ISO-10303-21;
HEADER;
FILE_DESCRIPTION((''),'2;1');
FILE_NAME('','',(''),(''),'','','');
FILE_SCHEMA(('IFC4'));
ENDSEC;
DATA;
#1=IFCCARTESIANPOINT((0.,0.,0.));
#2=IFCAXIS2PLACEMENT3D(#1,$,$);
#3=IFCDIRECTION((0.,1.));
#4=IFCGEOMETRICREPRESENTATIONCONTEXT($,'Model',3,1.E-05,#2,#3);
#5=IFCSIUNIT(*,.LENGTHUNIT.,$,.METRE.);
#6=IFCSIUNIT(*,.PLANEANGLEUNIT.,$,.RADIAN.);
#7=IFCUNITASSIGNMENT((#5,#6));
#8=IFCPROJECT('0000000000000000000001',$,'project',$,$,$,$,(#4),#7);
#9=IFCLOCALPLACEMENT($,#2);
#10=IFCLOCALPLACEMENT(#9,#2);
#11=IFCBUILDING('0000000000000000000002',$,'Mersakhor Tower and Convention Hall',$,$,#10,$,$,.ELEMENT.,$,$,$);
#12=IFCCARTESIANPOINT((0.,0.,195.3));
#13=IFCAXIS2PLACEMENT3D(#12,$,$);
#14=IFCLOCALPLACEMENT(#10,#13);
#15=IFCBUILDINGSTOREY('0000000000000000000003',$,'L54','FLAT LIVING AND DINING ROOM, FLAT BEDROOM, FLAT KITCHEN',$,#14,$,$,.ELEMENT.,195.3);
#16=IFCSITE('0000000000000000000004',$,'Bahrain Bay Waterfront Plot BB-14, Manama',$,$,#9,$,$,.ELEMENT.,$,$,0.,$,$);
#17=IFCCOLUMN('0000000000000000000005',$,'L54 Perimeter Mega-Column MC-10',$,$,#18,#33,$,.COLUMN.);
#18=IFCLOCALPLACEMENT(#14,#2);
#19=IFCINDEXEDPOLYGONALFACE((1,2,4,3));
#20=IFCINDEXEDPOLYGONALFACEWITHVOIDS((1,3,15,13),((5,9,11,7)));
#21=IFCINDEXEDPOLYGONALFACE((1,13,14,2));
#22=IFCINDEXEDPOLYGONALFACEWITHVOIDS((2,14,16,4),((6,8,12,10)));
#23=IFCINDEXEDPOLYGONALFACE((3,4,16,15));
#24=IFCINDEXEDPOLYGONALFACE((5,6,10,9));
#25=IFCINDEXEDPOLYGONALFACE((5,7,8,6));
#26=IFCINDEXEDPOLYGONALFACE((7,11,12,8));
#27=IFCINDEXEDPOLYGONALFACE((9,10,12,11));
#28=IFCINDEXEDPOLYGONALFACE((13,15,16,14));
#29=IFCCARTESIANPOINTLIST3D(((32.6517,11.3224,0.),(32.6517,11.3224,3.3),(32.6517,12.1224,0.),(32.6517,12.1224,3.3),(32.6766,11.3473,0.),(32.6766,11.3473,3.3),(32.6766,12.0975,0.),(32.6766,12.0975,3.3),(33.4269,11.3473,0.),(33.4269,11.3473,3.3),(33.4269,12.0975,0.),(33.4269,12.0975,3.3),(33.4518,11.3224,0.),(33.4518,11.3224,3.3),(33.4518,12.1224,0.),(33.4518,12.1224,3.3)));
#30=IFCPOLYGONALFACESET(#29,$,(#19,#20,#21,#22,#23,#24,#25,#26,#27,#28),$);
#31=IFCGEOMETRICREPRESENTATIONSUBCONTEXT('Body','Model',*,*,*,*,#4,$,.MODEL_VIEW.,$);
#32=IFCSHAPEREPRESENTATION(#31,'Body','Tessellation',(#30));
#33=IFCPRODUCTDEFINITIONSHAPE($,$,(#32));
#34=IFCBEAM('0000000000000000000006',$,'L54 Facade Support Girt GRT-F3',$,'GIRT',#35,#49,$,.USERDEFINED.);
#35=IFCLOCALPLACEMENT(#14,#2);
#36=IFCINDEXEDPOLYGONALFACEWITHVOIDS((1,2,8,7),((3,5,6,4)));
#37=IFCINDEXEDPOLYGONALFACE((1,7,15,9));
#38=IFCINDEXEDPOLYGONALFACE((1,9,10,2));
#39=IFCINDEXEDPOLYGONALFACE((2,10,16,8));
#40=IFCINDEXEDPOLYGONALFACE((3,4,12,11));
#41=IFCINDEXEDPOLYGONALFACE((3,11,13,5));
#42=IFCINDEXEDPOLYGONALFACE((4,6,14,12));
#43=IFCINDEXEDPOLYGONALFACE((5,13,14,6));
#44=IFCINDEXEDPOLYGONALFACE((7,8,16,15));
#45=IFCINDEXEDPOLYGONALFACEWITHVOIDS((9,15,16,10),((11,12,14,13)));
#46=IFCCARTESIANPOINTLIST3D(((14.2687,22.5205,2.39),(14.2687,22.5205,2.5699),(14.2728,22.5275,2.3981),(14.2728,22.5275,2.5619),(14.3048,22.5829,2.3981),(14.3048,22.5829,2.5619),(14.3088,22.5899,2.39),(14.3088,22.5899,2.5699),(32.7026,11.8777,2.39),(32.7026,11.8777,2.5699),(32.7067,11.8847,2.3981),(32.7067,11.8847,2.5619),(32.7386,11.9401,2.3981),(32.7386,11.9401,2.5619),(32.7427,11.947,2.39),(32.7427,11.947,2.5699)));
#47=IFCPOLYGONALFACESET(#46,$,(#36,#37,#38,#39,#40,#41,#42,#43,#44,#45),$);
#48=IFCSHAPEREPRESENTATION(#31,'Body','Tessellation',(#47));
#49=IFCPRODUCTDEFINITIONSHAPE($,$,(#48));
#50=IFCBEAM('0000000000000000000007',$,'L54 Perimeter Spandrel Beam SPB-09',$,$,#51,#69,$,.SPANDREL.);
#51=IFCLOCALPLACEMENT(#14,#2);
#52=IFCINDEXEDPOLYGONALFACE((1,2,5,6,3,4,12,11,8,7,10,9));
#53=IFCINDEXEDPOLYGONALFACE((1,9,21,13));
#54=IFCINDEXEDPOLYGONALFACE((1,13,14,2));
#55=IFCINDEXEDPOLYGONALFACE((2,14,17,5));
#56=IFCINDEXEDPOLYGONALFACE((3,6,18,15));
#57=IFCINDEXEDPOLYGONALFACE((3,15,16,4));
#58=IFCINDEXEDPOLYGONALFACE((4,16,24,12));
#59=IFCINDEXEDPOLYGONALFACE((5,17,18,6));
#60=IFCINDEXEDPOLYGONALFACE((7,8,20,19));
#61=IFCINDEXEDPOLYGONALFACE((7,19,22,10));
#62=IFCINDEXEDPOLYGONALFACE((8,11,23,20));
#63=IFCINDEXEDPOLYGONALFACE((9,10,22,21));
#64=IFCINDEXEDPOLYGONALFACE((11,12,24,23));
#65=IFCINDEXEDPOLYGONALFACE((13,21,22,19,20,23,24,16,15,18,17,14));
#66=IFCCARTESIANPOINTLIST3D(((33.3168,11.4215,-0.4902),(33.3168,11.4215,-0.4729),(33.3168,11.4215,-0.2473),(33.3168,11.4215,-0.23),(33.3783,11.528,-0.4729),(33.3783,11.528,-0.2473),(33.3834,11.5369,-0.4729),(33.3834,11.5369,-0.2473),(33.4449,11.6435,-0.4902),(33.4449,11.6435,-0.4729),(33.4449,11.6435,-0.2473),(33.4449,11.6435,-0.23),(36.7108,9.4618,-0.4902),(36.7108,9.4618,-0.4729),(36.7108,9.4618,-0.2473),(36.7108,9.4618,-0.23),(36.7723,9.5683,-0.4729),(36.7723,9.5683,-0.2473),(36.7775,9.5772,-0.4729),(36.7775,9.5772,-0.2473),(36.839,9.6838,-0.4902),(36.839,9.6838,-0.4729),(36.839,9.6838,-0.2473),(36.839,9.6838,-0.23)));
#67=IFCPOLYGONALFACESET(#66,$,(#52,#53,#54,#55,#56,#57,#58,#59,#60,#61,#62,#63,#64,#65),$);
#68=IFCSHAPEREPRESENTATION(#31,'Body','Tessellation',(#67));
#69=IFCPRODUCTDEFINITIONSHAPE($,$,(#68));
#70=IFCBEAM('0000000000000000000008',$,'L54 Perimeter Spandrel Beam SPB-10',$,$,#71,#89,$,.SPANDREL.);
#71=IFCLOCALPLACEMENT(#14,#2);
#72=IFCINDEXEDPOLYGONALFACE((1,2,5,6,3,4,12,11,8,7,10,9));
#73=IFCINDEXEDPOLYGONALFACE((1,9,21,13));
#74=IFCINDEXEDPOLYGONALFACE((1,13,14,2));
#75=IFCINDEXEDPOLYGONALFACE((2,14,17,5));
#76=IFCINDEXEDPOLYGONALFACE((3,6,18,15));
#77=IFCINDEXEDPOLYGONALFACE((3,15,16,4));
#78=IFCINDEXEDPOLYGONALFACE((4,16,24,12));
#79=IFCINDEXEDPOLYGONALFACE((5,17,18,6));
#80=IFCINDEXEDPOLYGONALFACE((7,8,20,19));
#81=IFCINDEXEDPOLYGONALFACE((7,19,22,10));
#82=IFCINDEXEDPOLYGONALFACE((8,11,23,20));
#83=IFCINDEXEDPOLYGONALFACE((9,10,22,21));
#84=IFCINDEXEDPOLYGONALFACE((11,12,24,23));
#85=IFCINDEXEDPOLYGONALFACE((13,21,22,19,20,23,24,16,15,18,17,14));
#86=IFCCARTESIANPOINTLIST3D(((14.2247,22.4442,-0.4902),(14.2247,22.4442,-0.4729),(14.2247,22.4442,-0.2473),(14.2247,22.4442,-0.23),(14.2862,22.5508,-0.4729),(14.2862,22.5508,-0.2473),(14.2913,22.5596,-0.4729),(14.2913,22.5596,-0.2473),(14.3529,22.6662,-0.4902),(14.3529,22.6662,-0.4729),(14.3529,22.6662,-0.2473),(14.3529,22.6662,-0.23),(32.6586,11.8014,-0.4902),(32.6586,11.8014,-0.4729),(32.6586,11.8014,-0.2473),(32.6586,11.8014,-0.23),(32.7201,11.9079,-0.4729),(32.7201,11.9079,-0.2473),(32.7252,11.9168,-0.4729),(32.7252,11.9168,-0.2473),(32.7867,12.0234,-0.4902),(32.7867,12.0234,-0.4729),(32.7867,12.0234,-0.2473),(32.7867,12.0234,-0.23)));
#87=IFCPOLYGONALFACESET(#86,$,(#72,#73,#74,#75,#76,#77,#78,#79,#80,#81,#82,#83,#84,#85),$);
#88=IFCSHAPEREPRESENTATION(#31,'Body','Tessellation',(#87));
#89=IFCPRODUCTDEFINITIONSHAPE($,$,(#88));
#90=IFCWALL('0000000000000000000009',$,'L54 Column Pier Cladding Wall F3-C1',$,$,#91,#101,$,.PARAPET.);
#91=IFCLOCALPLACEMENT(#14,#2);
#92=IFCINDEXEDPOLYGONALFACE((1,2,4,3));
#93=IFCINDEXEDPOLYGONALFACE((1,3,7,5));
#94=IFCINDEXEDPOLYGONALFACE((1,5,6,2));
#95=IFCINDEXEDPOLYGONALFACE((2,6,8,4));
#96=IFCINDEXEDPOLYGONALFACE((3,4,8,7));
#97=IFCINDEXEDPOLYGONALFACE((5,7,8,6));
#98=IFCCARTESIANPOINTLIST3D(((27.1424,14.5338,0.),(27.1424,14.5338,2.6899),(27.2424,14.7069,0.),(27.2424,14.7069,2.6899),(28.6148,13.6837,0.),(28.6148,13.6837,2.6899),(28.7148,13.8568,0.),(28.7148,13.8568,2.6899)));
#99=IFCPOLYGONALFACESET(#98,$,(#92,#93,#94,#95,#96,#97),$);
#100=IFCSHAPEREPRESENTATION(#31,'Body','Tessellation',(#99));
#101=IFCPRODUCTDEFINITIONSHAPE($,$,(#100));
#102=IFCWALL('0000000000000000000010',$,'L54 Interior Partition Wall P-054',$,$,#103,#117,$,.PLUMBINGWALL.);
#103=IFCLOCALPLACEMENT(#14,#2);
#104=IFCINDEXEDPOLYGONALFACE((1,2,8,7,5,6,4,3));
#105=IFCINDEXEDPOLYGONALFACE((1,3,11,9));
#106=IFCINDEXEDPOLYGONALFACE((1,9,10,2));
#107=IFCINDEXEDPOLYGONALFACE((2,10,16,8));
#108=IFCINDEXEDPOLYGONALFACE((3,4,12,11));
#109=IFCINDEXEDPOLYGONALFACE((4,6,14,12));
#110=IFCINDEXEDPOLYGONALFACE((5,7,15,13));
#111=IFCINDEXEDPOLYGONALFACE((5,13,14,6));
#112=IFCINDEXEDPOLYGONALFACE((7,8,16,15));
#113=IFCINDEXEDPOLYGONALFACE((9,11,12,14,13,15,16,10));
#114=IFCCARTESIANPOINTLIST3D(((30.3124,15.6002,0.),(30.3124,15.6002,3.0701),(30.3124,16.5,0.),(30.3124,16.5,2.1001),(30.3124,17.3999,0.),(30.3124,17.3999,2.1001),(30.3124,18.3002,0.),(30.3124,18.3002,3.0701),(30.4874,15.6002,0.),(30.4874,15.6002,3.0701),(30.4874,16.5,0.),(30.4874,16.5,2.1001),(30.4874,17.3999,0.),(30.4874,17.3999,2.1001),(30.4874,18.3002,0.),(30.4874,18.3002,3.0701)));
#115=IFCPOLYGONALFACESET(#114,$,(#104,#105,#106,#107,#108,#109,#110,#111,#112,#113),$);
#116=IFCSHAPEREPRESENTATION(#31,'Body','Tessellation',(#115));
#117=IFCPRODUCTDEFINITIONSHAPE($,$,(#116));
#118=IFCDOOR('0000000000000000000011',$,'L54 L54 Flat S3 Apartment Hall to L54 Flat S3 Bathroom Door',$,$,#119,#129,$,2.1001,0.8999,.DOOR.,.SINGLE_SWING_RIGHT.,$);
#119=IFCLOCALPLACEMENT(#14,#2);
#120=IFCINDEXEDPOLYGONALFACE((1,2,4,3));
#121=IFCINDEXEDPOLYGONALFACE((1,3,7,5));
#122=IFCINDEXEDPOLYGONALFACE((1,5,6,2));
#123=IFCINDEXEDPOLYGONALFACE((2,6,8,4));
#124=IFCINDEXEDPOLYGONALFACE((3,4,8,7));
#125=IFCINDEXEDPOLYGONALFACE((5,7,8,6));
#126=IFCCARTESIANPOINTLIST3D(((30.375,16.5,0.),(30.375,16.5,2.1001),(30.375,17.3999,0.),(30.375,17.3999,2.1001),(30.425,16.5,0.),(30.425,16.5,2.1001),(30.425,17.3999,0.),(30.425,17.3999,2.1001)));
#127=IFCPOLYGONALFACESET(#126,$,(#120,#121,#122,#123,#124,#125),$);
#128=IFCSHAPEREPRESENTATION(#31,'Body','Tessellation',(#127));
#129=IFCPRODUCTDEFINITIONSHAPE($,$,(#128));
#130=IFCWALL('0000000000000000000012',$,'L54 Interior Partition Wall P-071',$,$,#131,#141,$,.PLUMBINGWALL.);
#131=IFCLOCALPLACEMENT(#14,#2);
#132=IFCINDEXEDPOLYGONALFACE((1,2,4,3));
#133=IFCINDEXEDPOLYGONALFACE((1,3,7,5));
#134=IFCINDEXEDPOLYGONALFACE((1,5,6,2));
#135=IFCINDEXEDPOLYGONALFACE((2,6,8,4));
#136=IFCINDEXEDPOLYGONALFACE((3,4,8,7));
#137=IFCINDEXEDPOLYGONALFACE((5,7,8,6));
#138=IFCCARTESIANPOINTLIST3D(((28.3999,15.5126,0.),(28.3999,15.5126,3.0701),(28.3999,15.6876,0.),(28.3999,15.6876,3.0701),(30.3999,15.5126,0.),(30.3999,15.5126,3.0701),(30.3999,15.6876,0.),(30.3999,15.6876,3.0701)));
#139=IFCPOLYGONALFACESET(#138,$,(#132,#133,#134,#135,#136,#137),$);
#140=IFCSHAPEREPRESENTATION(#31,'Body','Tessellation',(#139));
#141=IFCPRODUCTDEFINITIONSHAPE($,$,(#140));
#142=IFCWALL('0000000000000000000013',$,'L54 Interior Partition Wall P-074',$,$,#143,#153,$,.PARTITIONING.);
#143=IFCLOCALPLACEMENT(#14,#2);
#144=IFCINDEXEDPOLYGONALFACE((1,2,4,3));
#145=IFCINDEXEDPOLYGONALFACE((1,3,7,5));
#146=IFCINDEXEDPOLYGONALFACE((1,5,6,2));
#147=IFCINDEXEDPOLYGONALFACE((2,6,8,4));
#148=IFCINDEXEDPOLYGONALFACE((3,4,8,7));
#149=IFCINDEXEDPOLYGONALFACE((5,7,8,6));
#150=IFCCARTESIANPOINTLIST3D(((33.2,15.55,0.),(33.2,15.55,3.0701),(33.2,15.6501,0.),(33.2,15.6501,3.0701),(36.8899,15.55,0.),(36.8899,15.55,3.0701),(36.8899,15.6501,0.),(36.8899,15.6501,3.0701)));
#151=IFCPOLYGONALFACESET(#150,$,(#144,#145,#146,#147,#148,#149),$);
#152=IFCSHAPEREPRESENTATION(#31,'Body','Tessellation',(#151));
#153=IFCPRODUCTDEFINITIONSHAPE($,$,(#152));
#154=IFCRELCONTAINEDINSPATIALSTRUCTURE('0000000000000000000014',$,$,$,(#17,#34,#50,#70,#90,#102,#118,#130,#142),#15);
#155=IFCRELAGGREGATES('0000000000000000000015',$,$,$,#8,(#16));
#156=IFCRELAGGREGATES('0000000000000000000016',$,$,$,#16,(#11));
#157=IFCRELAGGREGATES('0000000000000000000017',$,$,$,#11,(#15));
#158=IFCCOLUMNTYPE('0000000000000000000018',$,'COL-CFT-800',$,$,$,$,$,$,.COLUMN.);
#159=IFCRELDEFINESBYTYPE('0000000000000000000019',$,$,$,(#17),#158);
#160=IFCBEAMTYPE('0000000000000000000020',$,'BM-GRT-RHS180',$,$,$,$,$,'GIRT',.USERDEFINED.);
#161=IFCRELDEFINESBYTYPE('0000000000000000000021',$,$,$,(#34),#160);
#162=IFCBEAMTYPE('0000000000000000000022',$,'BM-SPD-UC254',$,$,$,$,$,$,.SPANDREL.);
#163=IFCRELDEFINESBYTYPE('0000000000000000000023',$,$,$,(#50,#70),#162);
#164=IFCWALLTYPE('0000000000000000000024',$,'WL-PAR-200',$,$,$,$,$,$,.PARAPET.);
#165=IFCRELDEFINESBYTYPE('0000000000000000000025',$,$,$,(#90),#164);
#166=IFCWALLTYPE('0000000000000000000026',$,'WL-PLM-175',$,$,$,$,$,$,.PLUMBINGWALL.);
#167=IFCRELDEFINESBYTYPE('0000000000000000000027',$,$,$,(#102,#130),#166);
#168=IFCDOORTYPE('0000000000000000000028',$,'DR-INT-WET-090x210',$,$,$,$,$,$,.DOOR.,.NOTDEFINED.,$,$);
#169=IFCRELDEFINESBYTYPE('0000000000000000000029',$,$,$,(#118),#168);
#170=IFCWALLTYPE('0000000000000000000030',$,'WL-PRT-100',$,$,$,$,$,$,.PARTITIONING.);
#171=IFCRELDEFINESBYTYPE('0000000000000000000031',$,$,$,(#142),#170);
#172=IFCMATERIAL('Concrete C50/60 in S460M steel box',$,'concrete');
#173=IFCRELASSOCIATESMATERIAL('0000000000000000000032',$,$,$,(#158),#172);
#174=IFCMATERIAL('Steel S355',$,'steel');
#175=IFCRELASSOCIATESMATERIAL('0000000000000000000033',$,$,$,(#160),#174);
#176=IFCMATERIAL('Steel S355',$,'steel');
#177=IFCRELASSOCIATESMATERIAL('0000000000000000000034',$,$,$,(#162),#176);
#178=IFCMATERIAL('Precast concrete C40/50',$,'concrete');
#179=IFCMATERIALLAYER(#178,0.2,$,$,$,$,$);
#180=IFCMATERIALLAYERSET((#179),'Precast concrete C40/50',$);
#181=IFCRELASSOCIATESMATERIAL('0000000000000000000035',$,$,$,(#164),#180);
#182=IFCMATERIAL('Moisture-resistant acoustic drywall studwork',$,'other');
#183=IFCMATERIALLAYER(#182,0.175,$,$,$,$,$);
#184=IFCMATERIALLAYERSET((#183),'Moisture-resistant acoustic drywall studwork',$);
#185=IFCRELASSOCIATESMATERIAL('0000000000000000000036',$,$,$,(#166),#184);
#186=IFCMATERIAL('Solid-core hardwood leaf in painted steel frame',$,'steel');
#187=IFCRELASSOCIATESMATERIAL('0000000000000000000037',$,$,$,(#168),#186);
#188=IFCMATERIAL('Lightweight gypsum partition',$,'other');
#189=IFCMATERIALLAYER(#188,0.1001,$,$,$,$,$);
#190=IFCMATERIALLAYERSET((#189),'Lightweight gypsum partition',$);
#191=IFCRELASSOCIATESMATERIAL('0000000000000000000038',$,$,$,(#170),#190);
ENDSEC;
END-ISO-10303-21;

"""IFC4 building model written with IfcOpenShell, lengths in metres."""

from ifc_helpers import new_model, si_unit, direction, frame, frame_2d, origin, origin_2d, place, context, subcontext, project, spatial, rectangle, hollow_rectangle, i_section, extrude, material, layer, layer_set, material_profile, profile_set, type_object, element, fill, save


model = new_model("IFC4")

# Units and contexts
model_context = context("Model", 3, precision=1e-05, world=origin(), true_north=direction((0.0, 1.0)))
body_context = subcontext(model_context, "Body", "Model", "MODEL_VIEW")
ifc_project = project(units=[si_unit("LENGTHUNIT", "METRE"), si_unit("PLANEANGLEUNIT", "RADIAN")], contexts=[model_context])

# Site, building, storey
site_placement = place(None, origin())
site = spatial("IfcSite", under=ifc_project, at=site_placement, Name="Bahrain Bay Waterfront Plot BB-14, Manama", CompositionType="ELEMENT", RefElevation=0.0)
building_placement = place(site_placement, origin())
building = spatial("IfcBuilding", under=site, at=building_placement, Name="Mersakhor Tower and Convention Hall", CompositionType="ELEMENT")
storey_placement = place(building_placement, frame((0.0, 0.0, 195.3)))
storey = spatial("IfcBuildingStorey", under=building, at=storey_placement, Name="L54", Description="FLAT LIVING AND DINING ROOM, FLAT BEDROOM, FLAT KITCHEN", CompositionType="ELEMENT", Elevation=195.3)

# Column
ifc_material_1 = material(Name="Concrete C50/60 in S460M steel box", Category="concrete")
ifc_material_profile_1 = material_profile(ifc_material_1, hollow_rectangle(XDim=0.8, YDim=0.8, WallThickness=0.0249, at=origin_2d()), Name="SHS 800x800x25")
ifc_profile_set_1 = profile_set([ifc_material_profile_1], Name="Concrete C50/60 in S460M steel box")
column_type = type_object("IfcColumnType", Name="COL-CFT-800", PredefinedType="COLUMN", material=ifc_profile_set_1)
column_placement = place(storey_placement, frame((33.0518, 11.7224, 0.0), z_axis=(0.0, 0.0, 1.0), x_axis=(1.0, 0.0, 0.0)))
element("IfcColumn", 1, at=column_placement, inside=storey, type_object=column_type, Name="L54 Perimeter Mega-Column MC-10", PredefinedType="COLUMN", context=body_context, shape_type="SweptSolid", body=[
    extrude(hollow_rectangle(XDim=0.8, YDim=0.8, WallThickness=0.0249, at=origin_2d()), origin(), (0.0, 0.0, 1.0), 3.3),
])

# Beams
ifc_material_2 = material(Name="Steel S355", Category="steel")
ifc_material_profile_2 = material_profile(ifc_material_2, hollow_rectangle(XDim=0.0801, YDim=0.1799, WallThickness=0.0081, at=origin_2d()), Name="RHS 180x80x8")
ifc_profile_set_2 = profile_set([ifc_material_profile_2], Name="Steel S355")
beam_type_1 = type_object("IfcBeamType", Name="BM-GRT-RHS180", ElementType="GIRT", PredefinedType="USERDEFINED", material=ifc_profile_set_2)
beam_1_placement = place(storey_placement, frame((32.7227, 11.9124, 2.48), z_axis=(-0.866025, 0.500001, 0.0), x_axis=(-0.500001, -0.866025, 0.0)))
element("IfcBeam", 2, at=beam_1_placement, inside=storey, type_object=beam_type_1, Name="L54 Facade Support Girt GRT-F3", ObjectType="GIRT", PredefinedType="USERDEFINED", context=body_context, shape_type="SweptSolid", body=[
    extrude(hollow_rectangle(XDim=0.0801, YDim=0.1799, WallThickness=0.0081, at=origin_2d()), origin(), (0.0, 0.0, 1.0), 21.2856),
])
ifc_material_3 = material(Name="Steel S355", Category="steel")
ifc_material_profile_3 = material_profile(ifc_material_3, i_section(OverallWidth=0.2563, OverallDepth=0.2603, WebThickness=0.0103, FlangeThickness=0.0173, at=origin_2d()), Name="UC 254x254x89")
ifc_profile_set_3 = profile_set([ifc_material_profile_3], Name="Steel S355")
beam_type_2 = type_object("IfcBeamType", Name="BM-SPD-UC254", PredefinedType="SPANDREL", material=ifc_profile_set_3)
beam_2_placement = place(storey_placement, frame((36.7749, 9.5728, -0.3601), z_axis=(-0.866007, 0.500032, 0.0), x_axis=(-0.500032, -0.866007, 0.0)))
element("IfcBeam", 3, at=beam_2_placement, inside=storey, type_object=beam_type_2, Name="L54 Perimeter Spandrel Beam SPB-09", PredefinedType="SPANDREL", context=body_context, shape_type="SweptSolid", body=[
    extrude(i_section(OverallWidth=0.2563, OverallDepth=0.2603, WebThickness=0.0103, FlangeThickness=0.0173, at=origin_2d()), origin(), (0.0, 0.0, 1.0), 3.9192),
])
beam_3_placement = place(storey_placement, frame((32.7227, 11.9124, -0.3601), z_axis=(-0.866025, 0.500001, 0.0), x_axis=(-0.500001, -0.866025, 0.0)))
element("IfcBeam", 4, at=beam_3_placement, inside=storey, type_object=beam_type_2, Name="L54 Perimeter Spandrel Beam SPB-10", PredefinedType="SPANDREL", context=body_context, shape_type="SweptSolid", body=[
    extrude(i_section(OverallWidth=0.2563, OverallDepth=0.2603, WebThickness=0.0103, FlangeThickness=0.0173, at=origin_2d()), origin(), (0.0, 0.0, 1.0), 21.2856),
])

# Wall
ifc_material_4 = material(Name="Precast concrete C40/50", Category="concrete")
ifc_layer_1 = layer(ifc_material_4, 0.2)
ifc_layer_set_1 = layer_set([ifc_layer_1], Name="Precast concrete C40/50")
wall_type_1 = type_object("IfcWallType", Name="WL-PAR-200", PredefinedType="PARAPET", material=ifc_layer_set_1)
wall_1_placement = place(storey_placement, frame((28.6648, 13.7703, 0.0), z_axis=(0.0, 0.0, 1.0), x_axis=(-0.866025, 0.5, 0.0)))
element("IfcWall", 5, at=wall_1_placement, inside=storey, type_object=wall_type_1, Name="L54 Column Pier Cladding Wall F3-C1", PredefinedType="PARAPET", context=body_context, shape_type="SweptSolid", body=[
    extrude(rectangle(XDim=1.7002, YDim=0.2, at=frame_2d((0.8501, 0.0))), origin(), (0.0, 0.0, 1.0), 2.6899),
])

# Wall, opening, door
ifc_material_5 = material(Name="Moisture-resistant acoustic drywall studwork", Category="other")
ifc_layer_2 = layer(ifc_material_5, 0.175)
ifc_layer_set_2 = layer_set([ifc_layer_2], Name="Moisture-resistant acoustic drywall studwork")
wall_type_2 = type_object("IfcWallType", Name="WL-PLM-175", PredefinedType="PLUMBINGWALL", material=ifc_layer_set_2)
wall_2_placement = place(storey_placement, frame((30.3999, 15.6001, 0.0), z_axis=(0.0, 0.0, 1.0), x_axis=(0.0, 1.0, 0.0)))
wall_2 = element("IfcWall", 6, at=wall_2_placement, inside=storey, type_object=wall_type_2, Name="L54 Interior Partition Wall P-054", PredefinedType="PLUMBINGWALL", context=body_context, shape_type="SweptSolid", body=[
    extrude(rectangle(XDim=2.7, YDim=0.175, at=frame_2d((1.3501, 0.0))), origin(), (0.0, 0.0, 1.0), 3.0701),
])
opening_1_placement = place(wall_2_placement, frame((0.8999, 0.0, 0.0)))
opening_1 = element("IfcOpeningElement", 7, at=opening_1_placement, cuts=wall_2, PredefinedType="OPENING", context=body_context, shape_type="SweptSolid", body=[
    extrude(rectangle(XDim=0.8999, YDim=2.1001, at=frame_2d((0.45, 1.05))), frame((0.0, 0.0974, 0.0), z_axis=(0.0, -1.0, 0.0), x_axis=(1.0, 0.0, 0.0)), (0.0, 0.0, 1.0), 0.1951),
])
ifc_material_6 = material(Name="Solid-core hardwood leaf in painted steel frame", Category="steel")
door_type_1 = type_object("IfcDoorType", Name="DR-INT-WET-090x210", OperationType="NOTDEFINED", PredefinedType="DOOR", material=ifc_material_6)
door_1_placement = place(opening_1_placement, origin())
door_1 = element("IfcDoor", 8, at=door_1_placement, inside=storey, type_object=door_type_1, Name="L54 L54 Flat S3 Apartment Hall to L54 Flat S3 Bathroom Door", OperationType="SINGLE_SWING_RIGHT", OverallHeight=2.1001, OverallWidth=0.8999, PredefinedType="DOOR", context=body_context, shape_type="SweptSolid", body=[
    extrude(rectangle(XDim=0.8999, YDim=2.1001, at=frame_2d((0.45, 1.05))), frame((0.0, 0.0249, 0.0), z_axis=(0.0, -1.0, 0.0), x_axis=(1.0, 0.0, 0.0)), (0.0, 0.0, 1.0), 0.05),
])
fill(opening_1, door_1)

# Walls
wall_3_placement = place(storey_placement, frame((30.3999, 15.6001, 0.0), z_axis=(0.0, 0.0, 1.0), x_axis=(-1.0, 0.0, 0.0)))
element("IfcWall", 9, at=wall_3_placement, inside=storey, type_object=wall_type_2, Name="L54 Interior Partition Wall P-071", PredefinedType="PLUMBINGWALL", context=body_context, shape_type="SweptSolid", body=[
    extrude(rectangle(XDim=2.0, YDim=0.175, at=frame_2d((1.0, 0.0))), origin(), (0.0, 0.0, 1.0), 3.0701),
])
ifc_material_7 = material(Name="Lightweight gypsum partition", Category="other")
ifc_layer_3 = layer(ifc_material_7, 0.1001)
ifc_layer_set_3 = layer_set([ifc_layer_3], Name="Lightweight gypsum partition")
wall_type_3 = type_object("IfcWallType", Name="WL-PRT-100", PredefinedType="PARTITIONING", material=ifc_layer_set_3)
wall_4_placement = place(storey_placement, frame((36.8899, 15.6001, 0.0), z_axis=(0.0, 0.0, 1.0), x_axis=(-1.0, 0.0, 0.0)))
element("IfcWall", 10, at=wall_4_placement, inside=storey, type_object=wall_type_3, Name="L54 Interior Partition Wall P-074", PredefinedType="PARTITIONING", context=body_context, shape_type="SweptSolid", body=[
    extrude(rectangle(XDim=3.6899, YDim=0.1001, at=frame_2d((1.845, 0.0))), origin(), (0.0, 0.0, 1.0), 3.0701),
])

save(model, "model.ifc")
